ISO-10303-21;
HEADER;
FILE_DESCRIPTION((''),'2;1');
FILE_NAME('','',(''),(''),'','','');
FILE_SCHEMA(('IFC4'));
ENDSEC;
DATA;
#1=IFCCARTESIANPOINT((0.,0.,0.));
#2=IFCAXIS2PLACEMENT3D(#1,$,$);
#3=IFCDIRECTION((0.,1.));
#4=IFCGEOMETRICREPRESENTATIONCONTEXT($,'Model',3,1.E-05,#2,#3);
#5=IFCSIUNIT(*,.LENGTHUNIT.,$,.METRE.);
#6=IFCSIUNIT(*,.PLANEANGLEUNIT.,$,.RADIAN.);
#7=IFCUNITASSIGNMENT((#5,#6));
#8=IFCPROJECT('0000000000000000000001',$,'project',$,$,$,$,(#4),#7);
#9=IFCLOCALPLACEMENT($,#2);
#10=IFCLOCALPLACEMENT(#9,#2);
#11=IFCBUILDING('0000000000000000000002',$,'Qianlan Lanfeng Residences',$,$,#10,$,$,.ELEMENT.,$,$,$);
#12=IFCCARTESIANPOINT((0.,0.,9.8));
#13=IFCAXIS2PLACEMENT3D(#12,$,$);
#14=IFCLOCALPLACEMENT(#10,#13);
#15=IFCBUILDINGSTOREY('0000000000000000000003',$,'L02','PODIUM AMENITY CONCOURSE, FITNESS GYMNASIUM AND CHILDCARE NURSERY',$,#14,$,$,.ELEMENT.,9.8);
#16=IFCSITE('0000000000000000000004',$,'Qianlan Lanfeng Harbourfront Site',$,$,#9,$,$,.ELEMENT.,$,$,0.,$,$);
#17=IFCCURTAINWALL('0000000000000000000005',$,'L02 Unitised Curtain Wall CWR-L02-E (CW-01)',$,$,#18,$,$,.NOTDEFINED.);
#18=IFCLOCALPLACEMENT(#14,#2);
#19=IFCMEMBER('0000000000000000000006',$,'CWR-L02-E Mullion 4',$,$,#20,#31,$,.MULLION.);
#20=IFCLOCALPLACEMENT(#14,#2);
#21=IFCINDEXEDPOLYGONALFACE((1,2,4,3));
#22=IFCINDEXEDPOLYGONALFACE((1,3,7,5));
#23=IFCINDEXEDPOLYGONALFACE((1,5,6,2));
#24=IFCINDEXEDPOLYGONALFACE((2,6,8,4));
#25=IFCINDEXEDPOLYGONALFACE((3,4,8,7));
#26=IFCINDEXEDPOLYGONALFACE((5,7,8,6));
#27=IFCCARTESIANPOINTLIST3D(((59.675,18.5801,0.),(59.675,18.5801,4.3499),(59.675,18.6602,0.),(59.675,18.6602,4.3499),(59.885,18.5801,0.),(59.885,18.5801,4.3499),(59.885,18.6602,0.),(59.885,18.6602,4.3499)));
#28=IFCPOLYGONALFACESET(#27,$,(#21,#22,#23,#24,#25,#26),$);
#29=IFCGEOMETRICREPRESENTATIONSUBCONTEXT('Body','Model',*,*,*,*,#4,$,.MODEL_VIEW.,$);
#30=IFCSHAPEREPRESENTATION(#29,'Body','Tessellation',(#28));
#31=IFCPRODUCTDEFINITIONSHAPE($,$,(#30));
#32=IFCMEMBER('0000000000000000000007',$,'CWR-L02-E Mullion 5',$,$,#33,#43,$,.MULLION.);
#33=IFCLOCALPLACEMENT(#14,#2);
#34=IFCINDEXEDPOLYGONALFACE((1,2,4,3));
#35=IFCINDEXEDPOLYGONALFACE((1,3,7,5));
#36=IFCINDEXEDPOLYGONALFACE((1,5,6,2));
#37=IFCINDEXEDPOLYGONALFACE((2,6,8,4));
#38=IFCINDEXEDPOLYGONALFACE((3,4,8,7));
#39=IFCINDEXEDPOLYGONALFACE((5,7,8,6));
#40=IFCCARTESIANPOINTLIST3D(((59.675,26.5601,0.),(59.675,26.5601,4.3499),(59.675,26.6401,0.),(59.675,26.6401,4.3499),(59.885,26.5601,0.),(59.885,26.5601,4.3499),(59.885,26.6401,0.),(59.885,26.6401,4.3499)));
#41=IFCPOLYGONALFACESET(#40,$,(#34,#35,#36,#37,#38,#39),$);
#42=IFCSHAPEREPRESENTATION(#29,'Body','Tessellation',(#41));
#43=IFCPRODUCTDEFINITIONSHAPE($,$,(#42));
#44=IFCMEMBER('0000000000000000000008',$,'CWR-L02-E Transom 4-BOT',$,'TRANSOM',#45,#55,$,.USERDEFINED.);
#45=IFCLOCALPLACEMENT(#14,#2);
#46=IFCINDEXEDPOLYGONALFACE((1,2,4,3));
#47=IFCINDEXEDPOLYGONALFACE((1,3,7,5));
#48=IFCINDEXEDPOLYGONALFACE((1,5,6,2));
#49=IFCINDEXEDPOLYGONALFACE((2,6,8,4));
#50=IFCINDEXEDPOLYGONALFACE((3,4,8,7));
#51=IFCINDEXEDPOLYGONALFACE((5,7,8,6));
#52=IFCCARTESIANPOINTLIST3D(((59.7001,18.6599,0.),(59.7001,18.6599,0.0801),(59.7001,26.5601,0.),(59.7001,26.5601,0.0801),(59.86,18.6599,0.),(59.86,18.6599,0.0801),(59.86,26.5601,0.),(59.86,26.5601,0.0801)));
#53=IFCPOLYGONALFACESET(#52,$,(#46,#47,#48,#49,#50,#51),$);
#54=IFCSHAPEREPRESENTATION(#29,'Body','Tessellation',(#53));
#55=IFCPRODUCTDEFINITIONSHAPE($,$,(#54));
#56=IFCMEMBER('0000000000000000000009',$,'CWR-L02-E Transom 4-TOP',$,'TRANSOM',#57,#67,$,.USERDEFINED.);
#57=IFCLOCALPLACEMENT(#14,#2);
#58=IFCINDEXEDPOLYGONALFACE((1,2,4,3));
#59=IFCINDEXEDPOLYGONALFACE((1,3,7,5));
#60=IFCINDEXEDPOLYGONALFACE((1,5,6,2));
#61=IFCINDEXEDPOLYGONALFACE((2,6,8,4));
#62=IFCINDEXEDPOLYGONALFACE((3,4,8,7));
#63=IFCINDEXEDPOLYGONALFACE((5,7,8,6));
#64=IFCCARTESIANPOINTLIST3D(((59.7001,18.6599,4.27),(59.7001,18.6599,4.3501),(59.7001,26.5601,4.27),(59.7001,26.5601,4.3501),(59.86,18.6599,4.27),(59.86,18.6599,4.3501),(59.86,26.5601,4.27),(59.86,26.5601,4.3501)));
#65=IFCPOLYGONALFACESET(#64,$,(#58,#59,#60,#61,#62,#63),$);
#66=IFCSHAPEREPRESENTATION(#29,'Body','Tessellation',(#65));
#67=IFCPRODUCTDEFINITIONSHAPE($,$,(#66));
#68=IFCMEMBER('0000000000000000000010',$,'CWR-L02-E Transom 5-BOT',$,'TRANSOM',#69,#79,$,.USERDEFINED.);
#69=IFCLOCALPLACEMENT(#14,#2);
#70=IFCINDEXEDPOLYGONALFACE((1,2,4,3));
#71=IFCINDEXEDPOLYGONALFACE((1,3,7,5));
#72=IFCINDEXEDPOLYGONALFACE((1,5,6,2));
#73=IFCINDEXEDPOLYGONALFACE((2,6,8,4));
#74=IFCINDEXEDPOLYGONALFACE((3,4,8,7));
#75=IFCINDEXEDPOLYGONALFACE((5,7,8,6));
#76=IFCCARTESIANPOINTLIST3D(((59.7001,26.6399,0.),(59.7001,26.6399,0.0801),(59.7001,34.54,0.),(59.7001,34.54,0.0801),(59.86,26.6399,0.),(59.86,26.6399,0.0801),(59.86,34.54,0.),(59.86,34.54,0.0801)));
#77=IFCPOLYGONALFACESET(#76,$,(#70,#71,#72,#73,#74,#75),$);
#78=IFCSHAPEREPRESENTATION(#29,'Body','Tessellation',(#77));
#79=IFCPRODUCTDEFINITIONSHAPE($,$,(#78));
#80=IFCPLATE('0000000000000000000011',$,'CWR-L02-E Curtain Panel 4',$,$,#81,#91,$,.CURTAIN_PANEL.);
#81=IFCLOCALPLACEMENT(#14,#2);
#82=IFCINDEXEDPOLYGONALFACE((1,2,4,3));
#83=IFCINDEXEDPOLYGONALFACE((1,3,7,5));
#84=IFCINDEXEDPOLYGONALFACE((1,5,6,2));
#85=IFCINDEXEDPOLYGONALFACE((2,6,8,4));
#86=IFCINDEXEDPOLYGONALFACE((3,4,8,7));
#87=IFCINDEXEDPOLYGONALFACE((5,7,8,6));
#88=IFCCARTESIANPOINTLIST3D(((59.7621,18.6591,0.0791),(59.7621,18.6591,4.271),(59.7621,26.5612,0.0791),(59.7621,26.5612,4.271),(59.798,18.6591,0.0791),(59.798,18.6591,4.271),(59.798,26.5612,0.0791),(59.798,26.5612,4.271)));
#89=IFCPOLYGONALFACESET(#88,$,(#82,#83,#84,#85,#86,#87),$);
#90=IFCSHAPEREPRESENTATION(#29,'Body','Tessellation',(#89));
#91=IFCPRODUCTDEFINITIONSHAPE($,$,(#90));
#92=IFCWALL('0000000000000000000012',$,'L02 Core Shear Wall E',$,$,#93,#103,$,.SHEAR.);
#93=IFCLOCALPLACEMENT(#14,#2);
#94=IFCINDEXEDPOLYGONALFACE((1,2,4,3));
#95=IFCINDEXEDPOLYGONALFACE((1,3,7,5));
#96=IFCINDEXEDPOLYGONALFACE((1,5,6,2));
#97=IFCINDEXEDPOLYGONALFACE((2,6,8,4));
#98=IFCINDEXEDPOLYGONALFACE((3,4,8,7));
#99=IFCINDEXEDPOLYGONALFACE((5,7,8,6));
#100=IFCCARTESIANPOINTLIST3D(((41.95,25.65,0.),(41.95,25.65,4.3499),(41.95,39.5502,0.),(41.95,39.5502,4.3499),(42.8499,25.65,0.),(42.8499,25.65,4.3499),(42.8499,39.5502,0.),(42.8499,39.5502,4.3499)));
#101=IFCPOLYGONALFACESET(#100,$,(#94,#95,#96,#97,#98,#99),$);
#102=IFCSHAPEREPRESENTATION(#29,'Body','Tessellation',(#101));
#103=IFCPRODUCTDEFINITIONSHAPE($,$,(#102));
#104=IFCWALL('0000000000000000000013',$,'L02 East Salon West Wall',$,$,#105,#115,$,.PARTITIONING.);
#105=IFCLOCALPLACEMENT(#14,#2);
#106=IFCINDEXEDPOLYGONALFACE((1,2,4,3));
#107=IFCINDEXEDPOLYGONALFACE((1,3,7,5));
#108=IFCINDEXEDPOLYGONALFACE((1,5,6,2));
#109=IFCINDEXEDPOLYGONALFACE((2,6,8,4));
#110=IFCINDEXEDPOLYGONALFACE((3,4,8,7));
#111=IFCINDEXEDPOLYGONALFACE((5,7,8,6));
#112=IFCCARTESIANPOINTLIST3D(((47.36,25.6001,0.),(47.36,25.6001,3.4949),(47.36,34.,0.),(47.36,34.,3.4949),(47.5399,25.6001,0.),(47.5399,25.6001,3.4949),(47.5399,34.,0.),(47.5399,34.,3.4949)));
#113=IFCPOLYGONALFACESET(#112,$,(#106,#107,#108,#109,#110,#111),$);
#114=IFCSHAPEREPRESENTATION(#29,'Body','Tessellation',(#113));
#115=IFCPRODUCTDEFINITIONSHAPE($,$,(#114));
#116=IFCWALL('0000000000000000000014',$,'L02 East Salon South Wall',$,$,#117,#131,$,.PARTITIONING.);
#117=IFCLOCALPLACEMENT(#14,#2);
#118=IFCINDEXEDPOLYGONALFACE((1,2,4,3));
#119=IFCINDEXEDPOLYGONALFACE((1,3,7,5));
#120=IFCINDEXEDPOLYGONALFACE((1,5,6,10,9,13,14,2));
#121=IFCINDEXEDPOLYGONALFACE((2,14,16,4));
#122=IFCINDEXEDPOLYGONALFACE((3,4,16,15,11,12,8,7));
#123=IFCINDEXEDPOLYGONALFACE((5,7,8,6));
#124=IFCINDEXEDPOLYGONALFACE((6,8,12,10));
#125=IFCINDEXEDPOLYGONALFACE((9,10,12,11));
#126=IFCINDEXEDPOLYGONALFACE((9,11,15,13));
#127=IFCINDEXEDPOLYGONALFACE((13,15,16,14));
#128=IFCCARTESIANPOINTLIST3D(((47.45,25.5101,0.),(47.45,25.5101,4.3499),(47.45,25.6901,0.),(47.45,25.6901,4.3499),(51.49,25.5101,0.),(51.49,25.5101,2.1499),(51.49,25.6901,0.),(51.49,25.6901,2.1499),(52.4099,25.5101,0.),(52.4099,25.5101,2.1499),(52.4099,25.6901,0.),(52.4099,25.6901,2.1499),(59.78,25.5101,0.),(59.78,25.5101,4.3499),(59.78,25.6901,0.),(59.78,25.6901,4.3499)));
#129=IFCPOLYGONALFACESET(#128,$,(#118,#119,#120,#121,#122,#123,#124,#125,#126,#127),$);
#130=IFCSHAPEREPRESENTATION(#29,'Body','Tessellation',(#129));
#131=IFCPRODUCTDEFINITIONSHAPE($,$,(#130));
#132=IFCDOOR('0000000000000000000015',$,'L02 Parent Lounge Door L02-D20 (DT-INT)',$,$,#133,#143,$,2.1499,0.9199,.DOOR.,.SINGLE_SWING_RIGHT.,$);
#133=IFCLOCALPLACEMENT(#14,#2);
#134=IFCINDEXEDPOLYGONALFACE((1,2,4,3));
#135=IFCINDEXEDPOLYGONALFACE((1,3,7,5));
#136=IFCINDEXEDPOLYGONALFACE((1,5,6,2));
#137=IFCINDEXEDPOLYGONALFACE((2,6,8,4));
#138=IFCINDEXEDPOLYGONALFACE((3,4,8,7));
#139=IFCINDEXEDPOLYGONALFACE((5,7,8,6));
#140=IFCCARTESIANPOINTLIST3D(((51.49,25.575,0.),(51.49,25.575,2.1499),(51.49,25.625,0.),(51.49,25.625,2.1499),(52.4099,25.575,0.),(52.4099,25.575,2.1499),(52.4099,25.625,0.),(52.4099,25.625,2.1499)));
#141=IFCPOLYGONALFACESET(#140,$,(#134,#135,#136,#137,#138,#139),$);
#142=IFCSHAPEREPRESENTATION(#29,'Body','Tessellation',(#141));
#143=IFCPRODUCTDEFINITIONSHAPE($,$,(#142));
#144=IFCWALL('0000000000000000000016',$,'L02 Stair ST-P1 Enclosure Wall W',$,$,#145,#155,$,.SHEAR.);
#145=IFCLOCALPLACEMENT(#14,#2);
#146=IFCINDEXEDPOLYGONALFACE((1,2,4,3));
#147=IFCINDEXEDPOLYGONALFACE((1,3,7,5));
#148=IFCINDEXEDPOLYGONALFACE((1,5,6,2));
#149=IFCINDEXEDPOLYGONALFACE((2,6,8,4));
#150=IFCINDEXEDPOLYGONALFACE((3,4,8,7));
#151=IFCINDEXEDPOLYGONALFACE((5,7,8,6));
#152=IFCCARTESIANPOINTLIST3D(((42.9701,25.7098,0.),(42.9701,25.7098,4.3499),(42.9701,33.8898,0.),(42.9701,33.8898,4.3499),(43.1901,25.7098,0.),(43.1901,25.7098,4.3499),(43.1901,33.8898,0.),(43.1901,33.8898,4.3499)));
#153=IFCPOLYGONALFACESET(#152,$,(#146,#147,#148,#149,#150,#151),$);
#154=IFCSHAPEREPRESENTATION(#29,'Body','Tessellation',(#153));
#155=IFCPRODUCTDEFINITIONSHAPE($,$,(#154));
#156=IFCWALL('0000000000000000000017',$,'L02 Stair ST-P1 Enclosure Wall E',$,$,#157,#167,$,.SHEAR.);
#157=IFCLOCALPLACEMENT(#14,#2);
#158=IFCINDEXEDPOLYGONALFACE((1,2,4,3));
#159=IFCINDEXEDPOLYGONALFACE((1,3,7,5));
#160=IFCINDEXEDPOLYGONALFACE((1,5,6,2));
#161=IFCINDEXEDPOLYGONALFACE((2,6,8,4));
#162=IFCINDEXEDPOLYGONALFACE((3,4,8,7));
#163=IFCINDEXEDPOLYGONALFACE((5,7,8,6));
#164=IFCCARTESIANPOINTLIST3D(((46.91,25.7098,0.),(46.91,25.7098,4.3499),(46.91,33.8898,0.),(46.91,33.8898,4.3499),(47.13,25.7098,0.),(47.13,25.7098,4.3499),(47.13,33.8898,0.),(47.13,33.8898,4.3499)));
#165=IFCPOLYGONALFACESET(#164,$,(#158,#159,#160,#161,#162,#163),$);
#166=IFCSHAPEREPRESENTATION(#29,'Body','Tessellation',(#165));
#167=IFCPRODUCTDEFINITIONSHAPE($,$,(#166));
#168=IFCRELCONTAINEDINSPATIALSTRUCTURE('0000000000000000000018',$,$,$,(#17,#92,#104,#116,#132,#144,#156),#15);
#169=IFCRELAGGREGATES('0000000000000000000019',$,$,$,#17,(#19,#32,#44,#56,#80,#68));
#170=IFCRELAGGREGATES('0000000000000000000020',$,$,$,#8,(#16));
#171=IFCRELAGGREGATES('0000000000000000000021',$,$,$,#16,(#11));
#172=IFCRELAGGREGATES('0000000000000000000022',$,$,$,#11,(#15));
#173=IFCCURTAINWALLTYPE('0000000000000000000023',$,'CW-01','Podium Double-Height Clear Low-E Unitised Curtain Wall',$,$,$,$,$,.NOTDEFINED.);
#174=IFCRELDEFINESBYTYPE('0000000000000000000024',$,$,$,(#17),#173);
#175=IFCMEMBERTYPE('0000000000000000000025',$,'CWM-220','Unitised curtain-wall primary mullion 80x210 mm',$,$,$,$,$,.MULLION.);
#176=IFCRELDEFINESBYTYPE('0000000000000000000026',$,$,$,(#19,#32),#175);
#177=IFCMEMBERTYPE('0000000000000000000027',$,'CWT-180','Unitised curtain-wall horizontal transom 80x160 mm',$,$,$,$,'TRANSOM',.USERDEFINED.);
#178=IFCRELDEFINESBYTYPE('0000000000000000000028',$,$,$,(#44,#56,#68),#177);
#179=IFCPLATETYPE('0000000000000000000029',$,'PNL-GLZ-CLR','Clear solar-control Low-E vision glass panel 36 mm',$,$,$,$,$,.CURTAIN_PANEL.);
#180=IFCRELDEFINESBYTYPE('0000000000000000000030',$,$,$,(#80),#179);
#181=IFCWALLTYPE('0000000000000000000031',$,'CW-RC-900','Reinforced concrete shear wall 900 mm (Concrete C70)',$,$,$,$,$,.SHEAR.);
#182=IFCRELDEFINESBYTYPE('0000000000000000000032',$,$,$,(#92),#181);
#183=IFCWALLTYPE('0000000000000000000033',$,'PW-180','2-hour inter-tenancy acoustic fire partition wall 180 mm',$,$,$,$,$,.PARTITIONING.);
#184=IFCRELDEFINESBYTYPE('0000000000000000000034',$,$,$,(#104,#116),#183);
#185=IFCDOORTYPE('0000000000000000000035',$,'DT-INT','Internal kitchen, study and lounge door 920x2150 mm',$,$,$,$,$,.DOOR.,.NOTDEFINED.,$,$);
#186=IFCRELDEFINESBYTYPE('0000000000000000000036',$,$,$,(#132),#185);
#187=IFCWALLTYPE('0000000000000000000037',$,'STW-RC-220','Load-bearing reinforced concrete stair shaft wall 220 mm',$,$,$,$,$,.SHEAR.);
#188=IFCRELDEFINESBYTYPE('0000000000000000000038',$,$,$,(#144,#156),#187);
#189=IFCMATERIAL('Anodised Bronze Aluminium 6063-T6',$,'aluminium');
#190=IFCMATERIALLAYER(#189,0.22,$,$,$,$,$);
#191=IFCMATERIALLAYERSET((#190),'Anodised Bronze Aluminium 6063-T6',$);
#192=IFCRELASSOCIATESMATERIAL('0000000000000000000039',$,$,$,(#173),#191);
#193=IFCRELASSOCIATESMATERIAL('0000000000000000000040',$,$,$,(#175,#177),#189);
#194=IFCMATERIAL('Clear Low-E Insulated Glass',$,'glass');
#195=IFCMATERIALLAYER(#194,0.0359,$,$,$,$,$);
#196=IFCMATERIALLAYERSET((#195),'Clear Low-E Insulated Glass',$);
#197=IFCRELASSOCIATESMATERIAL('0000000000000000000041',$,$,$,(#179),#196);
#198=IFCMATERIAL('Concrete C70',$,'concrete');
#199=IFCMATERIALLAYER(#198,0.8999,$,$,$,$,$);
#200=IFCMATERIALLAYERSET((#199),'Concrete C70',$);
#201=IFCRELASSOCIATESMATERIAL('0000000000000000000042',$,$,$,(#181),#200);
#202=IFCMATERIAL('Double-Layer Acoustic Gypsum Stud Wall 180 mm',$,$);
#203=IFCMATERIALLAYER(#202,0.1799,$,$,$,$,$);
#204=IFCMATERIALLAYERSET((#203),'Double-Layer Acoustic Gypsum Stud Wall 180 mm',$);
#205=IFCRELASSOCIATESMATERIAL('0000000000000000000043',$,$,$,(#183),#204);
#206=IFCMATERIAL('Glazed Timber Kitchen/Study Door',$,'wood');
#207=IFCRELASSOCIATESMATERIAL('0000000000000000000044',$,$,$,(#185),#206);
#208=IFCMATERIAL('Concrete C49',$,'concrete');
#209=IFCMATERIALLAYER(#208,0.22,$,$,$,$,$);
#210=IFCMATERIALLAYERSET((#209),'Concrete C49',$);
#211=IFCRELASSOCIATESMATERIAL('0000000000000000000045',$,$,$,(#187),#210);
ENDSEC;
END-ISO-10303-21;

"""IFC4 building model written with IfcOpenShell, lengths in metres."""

from ifc_helpers import new_model, si_unit, direction, frame, frame_2d, origin, origin_2d, place, context, subcontext, project, spatial, rectangle, extrude, source, transform, mapped, material, layer, layer_set, material_profile, profile_set, type_object, element, fill, aggregate, save


model = new_model("IFC4")

# Units and contexts
model_context = context("Model", 3, precision=1e-05, world=origin(), true_north=direction((0.0, 1.0)))
body_context = subcontext(model_context, "Body", "Model", "MODEL_VIEW")
ifc_project = project(units=[si_unit("LENGTHUNIT", "METRE"), si_unit("PLANEANGLEUNIT", "RADIAN")], contexts=[model_context])

# Site, building, storey
site_placement = place(None, origin())
site = spatial("IfcSite", under=ifc_project, at=site_placement, Name="Qianlan Lanfeng Harbourfront Site", CompositionType="ELEMENT", RefElevation=0.0)
building_placement = place(site_placement, origin())
building = spatial("IfcBuilding", under=site, at=building_placement, Name="Qianlan Lanfeng Residences", CompositionType="ELEMENT")
storey_placement = place(building_placement, frame((0.0, 0.0, 9.8)))
storey = spatial("IfcBuildingStorey", under=building, at=storey_placement, Name="L02", Description="PODIUM AMENITY CONCOURSE, FITNESS GYMNASIUM AND CHILDCARE NURSERY", CompositionType="ELEMENT", Elevation=9.8)

# Curtain wall, members, plate
ifc_material_1 = material(Name="Anodised Bronze Aluminium 6063-T6", Category="aluminium")
ifc_layer_1 = layer(ifc_material_1, 0.22)
ifc_layer_set_1 = layer_set([ifc_layer_1], Name="Anodised Bronze Aluminium 6063-T6")
curtain_wall_type = type_object("IfcCurtainWallType", Name="CW-01", Description="Podium Double-Height Clear Low-E Unitised Curtain Wall", PredefinedType="NOTDEFINED", material=ifc_layer_set_1)
curtain_wall_placement = place(storey_placement, origin())
curtain_wall = element("IfcCurtainWall", 1, at=curtain_wall_placement, inside=storey, type_object=curtain_wall_type, Name="L02 Unitised Curtain Wall CWR-L02-E (CW-01)", PredefinedType="NOTDEFINED")
ifc_material_profile_1 = material_profile(ifc_material_1, rectangle(XDim=0.0801, YDim=0.21, at=origin_2d()), Name="ALU MULLION 80x210")
ifc_profile_set_1 = profile_set([ifc_material_profile_1], Name="Anodised Bronze Aluminium 6063-T6")
member_type_1 = type_object("IfcMemberType", Name="CWM-220", Description="Unitised curtain-wall primary mullion 80x210 mm", PredefinedType="MULLION", material=ifc_profile_set_1)
shared_shape_1 = source(origin(), body_context, "Body", "SweptSolid", [
    extrude(rectangle(XDim=0.0801, YDim=0.21, at=origin_2d()), origin(), (0.0, 0.0, 1.0), 4.3499),
])
member_1_placement = place(storey_placement, frame((59.78, 18.6201, 0.0), z_axis=(0.0, 0.0, 1.0), x_axis=(0.0, 1.0, 0.0)))
member_1 = element("IfcMember", 2, at=member_1_placement, type_object=member_type_1, Name="CWR-L02-E Mullion 4", PredefinedType="MULLION", context=body_context, shape_type="MappedRepresentation", body=[
    mapped(shared_shape_1, transform((0.0, 0.0, 0.0), scale=1.0)),
])
member_2_placement = place(storey_placement, frame((59.78, 26.6001, 0.0), z_axis=(0.0, 0.0, 1.0), x_axis=(0.0, 1.0, 0.0)))
member_2 = element("IfcMember", 3, at=member_2_placement, type_object=member_type_1, Name="CWR-L02-E Mullion 5", PredefinedType="MULLION", context=body_context, shape_type="MappedRepresentation", body=[
    mapped(shared_shape_1, transform((0.0, 0.0, 0.0), scale=1.0)),
])
ifc_material_profile_2 = material_profile(ifc_material_1, rectangle(XDim=0.0801, YDim=0.1599, at=origin_2d()), Name="ALU TRANSOM 80x160")
ifc_profile_set_2 = profile_set([ifc_material_profile_2], Name="Anodised Bronze Aluminium 6063-T6")
member_type_2 = type_object("IfcMemberType", Name="CWT-180", Description="Unitised curtain-wall horizontal transom 80x160 mm", ElementType="TRANSOM", PredefinedType="USERDEFINED", material=ifc_profile_set_2)
shared_shape_2 = source(origin(), body_context, "Body", "SweptSolid", [
    extrude(rectangle(XDim=0.0801, YDim=0.1599, at=origin_2d()), origin(), (0.0, 0.0, 1.0), 7.9001),
])
member_3_placement = place(storey_placement, frame((59.78, 18.6599, 0.04), z_axis=(0.0, 1.0, 0.0), x_axis=(0.0, 0.0, 1.0)))
member_3 = element("IfcMember", 4, at=member_3_placement, type_object=member_type_2, Name="CWR-L02-E Transom 4-BOT", ObjectType="TRANSOM", PredefinedType="USERDEFINED", context=body_context, shape_type="MappedRepresentation", body=[
    mapped(shared_shape_2, transform((0.0, 0.0, 0.0), scale=1.0)),
])
member_4_placement = place(storey_placement, frame((59.78, 18.6599, 4.3101), z_axis=(0.0, 1.0, 0.0), x_axis=(0.0, 0.0, 1.0)))
member_4 = element("IfcMember", 5, at=member_4_placement, type_object=member_type_2, Name="CWR-L02-E Transom 4-TOP", ObjectType="TRANSOM", PredefinedType="USERDEFINED", context=body_context, shape_type="MappedRepresentation", body=[
    mapped(shared_shape_2, transform((0.0, 0.0, 0.0), scale=1.0)),
])
member_5_placement = place(storey_placement, frame((59.78, 26.6399, 0.04), z_axis=(0.0, 1.0, 0.0), x_axis=(0.0, 0.0, 1.0)))
member_5 = element("IfcMember", 6, at=member_5_placement, type_object=member_type_2, Name="CWR-L02-E Transom 5-BOT", ObjectType="TRANSOM", PredefinedType="USERDEFINED", context=body_context, shape_type="MappedRepresentation", body=[
    mapped(shared_shape_2, transform((0.0, 0.0, 0.0), scale=1.0)),
])
ifc_material_2 = material(Name="Clear Low-E Insulated Glass", Category="glass")
ifc_layer_2 = layer(ifc_material_2, 0.0359)
ifc_layer_set_2 = layer_set([ifc_layer_2], Name="Clear Low-E Insulated Glass")
plate_type = type_object("IfcPlateType", Name="PNL-GLZ-CLR", Description="Clear solar-control Low-E vision glass panel 36 mm", PredefinedType="CURTAIN_PANEL", material=ifc_layer_set_2)
shared_shape_3 = source(origin(), body_context, "Body", "SweptSolid", [
    extrude(rectangle(XDim=7.9021, YDim=0.0359, at=origin_2d()), origin(), (0.0, 0.0, 1.0), 4.1919),
])
plate_placement = place(storey_placement, frame((59.78, 22.6101, 0.0791), z_axis=(0.0, 0.0, 1.0), x_axis=(0.0, 1.0, 0.0)))
plate = element("IfcPlate", 7, at=plate_placement, type_object=plate_type, Name="CWR-L02-E Curtain Panel 4", PredefinedType="CURTAIN_PANEL", context=body_context, shape_type="MappedRepresentation", body=[
    mapped(shared_shape_3, transform((0.0, 0.0, 0.0), scale=1.0)),
])
aggregate(curtain_wall, [member_1, member_2, member_3, member_4, plate, member_5])

# Walls
ifc_material_3 = material(Name="Concrete C70", Category="concrete")
ifc_layer_3 = layer(ifc_material_3, 0.8999)
ifc_layer_set_3 = layer_set([ifc_layer_3], Name="Concrete C70")
wall_type_1 = type_object("IfcWallType", Name="CW-RC-900", Description="Reinforced concrete shear wall 900 mm (Concrete C70)", PredefinedType="SHEAR", material=ifc_layer_set_3)
wall_1_placement = place(storey_placement, frame((42.3999, 25.6499, 0.0), z_axis=(0.0, 0.0, 1.0), x_axis=(0.0, 1.0, 0.0)))
element("IfcWall", 8, at=wall_1_placement, inside=storey, type_object=wall_type_1, Name="L02 Core Shear Wall E", PredefinedType="SHEAR", context=body_context, shape_type="SweptSolid", body=[
    extrude(rectangle(XDim=13.9001, YDim=0.8999, at=frame_2d((6.9502, 0.0))), origin(), (0.0, 0.0, 1.0), 4.3499),
])
ifc_material_4 = material(Name="Double-Layer Acoustic Gypsum Stud Wall 180 mm")
ifc_layer_4 = layer(ifc_material_4, 0.1799)
ifc_layer_set_4 = layer_set([ifc_layer_4], Name="Double-Layer Acoustic Gypsum Stud Wall 180 mm")
wall_type_2 = type_object("IfcWallType", Name="PW-180", Description="2-hour inter-tenancy acoustic fire partition wall 180 mm", PredefinedType="PARTITIONING", material=ifc_layer_set_4)
wall_2_placement = place(storey_placement, frame((47.45, 25.6001, 0.0), z_axis=(0.0, 0.0, 1.0), x_axis=(0.0, 1.0, 0.0)))
element("IfcWall", 9, at=wall_2_placement, inside=storey, type_object=wall_type_2, Name="L02 East Salon West Wall", PredefinedType="PARTITIONING", context=body_context, shape_type="SweptSolid", body=[
    extrude(rectangle(XDim=8.3999, YDim=0.1799, at=frame_2d((4.2, 0.0))), origin(), (0.0, 0.0, 1.0), 3.4949),
])

# Wall, opening, door
wall_3_placement = place(storey_placement, frame((47.45, 25.6001, 0.0), z_axis=(0.0, 0.0, 1.0), x_axis=(1.0, 0.0, 0.0)))
wall_3 = element("IfcWall", 10, at=wall_3_placement, inside=storey, type_object=wall_type_2, Name="L02 East Salon South Wall", PredefinedType="PARTITIONING", context=body_context, shape_type="SweptSolid", body=[
    extrude(rectangle(XDim=12.3301, YDim=0.1799, at=frame_2d((6.165, 0.0))), origin(), (0.0, 0.0, 1.0), 4.3499),
])
opening_1_placement = place(wall_3_placement, frame((4.04, 0.0, 0.0)))
opening_1 = element("IfcOpeningElement", 11, at=opening_1_placement, cuts=wall_3, PredefinedType="OPENING", context=body_context, shape_type="SweptSolid", body=[
    extrude(rectangle(XDim=0.9199, YDim=2.1499, at=frame_2d((0.46, 1.075))), frame((0.0, 0.1001, 0.0), z_axis=(0.0, -1.0, 0.0), x_axis=(1.0, 0.0, 0.0)), (0.0, 0.0, 1.0), 0.2),
])
ifc_material_5 = material(Name="Glazed Timber Kitchen/Study Door", Category="wood")
door_type_1 = type_object("IfcDoorType", Name="DT-INT", Description="Internal kitchen, study and lounge door 920x2150 mm", OperationType="NOTDEFINED", PredefinedType="DOOR", material=ifc_material_5)
door_1_placement = place(opening_1_placement, origin())
door_1 = element("IfcDoor", 12, at=door_1_placement, inside=storey, type_object=door_type_1, Name="L02 Parent Lounge Door L02-D20 (DT-INT)", OperationType="SINGLE_SWING_RIGHT", OverallHeight=2.1499, OverallWidth=0.9199, PredefinedType="DOOR", context=body_context, shape_type="SweptSolid", body=[
    extrude(rectangle(XDim=0.9199, YDim=2.1499, at=frame_2d((0.46, 1.075))), frame((0.0, 0.0249, 0.0), z_axis=(0.0, -1.0, 0.0), x_axis=(1.0, 0.0, 0.0)), (0.0, 0.0, 1.0), 0.05),
])
fill(opening_1, door_1)

# Walls
ifc_material_6 = material(Name="Concrete C49", Category="concrete")
ifc_layer_5 = layer(ifc_material_6, 0.22)
ifc_layer_set_5 = layer_set([ifc_layer_5], Name="Concrete C49")
wall_type_3 = type_object("IfcWallType", Name="STW-RC-220", Description="Load-bearing reinforced concrete stair shaft wall 220 mm", PredefinedType="SHEAR", material=ifc_layer_set_5)
for number, where, z_axis, x_axis, name in (
    (13, (43.0801, 25.71, 0.0), (0.0, 0.0, 1.0), (0.0, 1.0, 0.0), "L02 Stair ST-P1 Enclosure Wall W"),
    (14, (47.02, 25.71, 0.0), (0.0, 0.0, 1.0), (0.0, 1.0, 0.0), "L02 Stair ST-P1 Enclosure Wall E"),
):
    element("IfcWall", number, at=place(storey_placement, frame(where, z_axis=z_axis, x_axis=x_axis)), inside=storey, type_object=wall_type_3, Name=name, PredefinedType="SHEAR", context=body_context, shape_type="SweptSolid", body=[
        extrude(rectangle(XDim=8.1799, YDim=0.22, at=frame_2d((4.0898, 0.0))), origin(), (0.0, 0.0, 1.0), 4.3499),
    ])

save(model, "model.ifc")
